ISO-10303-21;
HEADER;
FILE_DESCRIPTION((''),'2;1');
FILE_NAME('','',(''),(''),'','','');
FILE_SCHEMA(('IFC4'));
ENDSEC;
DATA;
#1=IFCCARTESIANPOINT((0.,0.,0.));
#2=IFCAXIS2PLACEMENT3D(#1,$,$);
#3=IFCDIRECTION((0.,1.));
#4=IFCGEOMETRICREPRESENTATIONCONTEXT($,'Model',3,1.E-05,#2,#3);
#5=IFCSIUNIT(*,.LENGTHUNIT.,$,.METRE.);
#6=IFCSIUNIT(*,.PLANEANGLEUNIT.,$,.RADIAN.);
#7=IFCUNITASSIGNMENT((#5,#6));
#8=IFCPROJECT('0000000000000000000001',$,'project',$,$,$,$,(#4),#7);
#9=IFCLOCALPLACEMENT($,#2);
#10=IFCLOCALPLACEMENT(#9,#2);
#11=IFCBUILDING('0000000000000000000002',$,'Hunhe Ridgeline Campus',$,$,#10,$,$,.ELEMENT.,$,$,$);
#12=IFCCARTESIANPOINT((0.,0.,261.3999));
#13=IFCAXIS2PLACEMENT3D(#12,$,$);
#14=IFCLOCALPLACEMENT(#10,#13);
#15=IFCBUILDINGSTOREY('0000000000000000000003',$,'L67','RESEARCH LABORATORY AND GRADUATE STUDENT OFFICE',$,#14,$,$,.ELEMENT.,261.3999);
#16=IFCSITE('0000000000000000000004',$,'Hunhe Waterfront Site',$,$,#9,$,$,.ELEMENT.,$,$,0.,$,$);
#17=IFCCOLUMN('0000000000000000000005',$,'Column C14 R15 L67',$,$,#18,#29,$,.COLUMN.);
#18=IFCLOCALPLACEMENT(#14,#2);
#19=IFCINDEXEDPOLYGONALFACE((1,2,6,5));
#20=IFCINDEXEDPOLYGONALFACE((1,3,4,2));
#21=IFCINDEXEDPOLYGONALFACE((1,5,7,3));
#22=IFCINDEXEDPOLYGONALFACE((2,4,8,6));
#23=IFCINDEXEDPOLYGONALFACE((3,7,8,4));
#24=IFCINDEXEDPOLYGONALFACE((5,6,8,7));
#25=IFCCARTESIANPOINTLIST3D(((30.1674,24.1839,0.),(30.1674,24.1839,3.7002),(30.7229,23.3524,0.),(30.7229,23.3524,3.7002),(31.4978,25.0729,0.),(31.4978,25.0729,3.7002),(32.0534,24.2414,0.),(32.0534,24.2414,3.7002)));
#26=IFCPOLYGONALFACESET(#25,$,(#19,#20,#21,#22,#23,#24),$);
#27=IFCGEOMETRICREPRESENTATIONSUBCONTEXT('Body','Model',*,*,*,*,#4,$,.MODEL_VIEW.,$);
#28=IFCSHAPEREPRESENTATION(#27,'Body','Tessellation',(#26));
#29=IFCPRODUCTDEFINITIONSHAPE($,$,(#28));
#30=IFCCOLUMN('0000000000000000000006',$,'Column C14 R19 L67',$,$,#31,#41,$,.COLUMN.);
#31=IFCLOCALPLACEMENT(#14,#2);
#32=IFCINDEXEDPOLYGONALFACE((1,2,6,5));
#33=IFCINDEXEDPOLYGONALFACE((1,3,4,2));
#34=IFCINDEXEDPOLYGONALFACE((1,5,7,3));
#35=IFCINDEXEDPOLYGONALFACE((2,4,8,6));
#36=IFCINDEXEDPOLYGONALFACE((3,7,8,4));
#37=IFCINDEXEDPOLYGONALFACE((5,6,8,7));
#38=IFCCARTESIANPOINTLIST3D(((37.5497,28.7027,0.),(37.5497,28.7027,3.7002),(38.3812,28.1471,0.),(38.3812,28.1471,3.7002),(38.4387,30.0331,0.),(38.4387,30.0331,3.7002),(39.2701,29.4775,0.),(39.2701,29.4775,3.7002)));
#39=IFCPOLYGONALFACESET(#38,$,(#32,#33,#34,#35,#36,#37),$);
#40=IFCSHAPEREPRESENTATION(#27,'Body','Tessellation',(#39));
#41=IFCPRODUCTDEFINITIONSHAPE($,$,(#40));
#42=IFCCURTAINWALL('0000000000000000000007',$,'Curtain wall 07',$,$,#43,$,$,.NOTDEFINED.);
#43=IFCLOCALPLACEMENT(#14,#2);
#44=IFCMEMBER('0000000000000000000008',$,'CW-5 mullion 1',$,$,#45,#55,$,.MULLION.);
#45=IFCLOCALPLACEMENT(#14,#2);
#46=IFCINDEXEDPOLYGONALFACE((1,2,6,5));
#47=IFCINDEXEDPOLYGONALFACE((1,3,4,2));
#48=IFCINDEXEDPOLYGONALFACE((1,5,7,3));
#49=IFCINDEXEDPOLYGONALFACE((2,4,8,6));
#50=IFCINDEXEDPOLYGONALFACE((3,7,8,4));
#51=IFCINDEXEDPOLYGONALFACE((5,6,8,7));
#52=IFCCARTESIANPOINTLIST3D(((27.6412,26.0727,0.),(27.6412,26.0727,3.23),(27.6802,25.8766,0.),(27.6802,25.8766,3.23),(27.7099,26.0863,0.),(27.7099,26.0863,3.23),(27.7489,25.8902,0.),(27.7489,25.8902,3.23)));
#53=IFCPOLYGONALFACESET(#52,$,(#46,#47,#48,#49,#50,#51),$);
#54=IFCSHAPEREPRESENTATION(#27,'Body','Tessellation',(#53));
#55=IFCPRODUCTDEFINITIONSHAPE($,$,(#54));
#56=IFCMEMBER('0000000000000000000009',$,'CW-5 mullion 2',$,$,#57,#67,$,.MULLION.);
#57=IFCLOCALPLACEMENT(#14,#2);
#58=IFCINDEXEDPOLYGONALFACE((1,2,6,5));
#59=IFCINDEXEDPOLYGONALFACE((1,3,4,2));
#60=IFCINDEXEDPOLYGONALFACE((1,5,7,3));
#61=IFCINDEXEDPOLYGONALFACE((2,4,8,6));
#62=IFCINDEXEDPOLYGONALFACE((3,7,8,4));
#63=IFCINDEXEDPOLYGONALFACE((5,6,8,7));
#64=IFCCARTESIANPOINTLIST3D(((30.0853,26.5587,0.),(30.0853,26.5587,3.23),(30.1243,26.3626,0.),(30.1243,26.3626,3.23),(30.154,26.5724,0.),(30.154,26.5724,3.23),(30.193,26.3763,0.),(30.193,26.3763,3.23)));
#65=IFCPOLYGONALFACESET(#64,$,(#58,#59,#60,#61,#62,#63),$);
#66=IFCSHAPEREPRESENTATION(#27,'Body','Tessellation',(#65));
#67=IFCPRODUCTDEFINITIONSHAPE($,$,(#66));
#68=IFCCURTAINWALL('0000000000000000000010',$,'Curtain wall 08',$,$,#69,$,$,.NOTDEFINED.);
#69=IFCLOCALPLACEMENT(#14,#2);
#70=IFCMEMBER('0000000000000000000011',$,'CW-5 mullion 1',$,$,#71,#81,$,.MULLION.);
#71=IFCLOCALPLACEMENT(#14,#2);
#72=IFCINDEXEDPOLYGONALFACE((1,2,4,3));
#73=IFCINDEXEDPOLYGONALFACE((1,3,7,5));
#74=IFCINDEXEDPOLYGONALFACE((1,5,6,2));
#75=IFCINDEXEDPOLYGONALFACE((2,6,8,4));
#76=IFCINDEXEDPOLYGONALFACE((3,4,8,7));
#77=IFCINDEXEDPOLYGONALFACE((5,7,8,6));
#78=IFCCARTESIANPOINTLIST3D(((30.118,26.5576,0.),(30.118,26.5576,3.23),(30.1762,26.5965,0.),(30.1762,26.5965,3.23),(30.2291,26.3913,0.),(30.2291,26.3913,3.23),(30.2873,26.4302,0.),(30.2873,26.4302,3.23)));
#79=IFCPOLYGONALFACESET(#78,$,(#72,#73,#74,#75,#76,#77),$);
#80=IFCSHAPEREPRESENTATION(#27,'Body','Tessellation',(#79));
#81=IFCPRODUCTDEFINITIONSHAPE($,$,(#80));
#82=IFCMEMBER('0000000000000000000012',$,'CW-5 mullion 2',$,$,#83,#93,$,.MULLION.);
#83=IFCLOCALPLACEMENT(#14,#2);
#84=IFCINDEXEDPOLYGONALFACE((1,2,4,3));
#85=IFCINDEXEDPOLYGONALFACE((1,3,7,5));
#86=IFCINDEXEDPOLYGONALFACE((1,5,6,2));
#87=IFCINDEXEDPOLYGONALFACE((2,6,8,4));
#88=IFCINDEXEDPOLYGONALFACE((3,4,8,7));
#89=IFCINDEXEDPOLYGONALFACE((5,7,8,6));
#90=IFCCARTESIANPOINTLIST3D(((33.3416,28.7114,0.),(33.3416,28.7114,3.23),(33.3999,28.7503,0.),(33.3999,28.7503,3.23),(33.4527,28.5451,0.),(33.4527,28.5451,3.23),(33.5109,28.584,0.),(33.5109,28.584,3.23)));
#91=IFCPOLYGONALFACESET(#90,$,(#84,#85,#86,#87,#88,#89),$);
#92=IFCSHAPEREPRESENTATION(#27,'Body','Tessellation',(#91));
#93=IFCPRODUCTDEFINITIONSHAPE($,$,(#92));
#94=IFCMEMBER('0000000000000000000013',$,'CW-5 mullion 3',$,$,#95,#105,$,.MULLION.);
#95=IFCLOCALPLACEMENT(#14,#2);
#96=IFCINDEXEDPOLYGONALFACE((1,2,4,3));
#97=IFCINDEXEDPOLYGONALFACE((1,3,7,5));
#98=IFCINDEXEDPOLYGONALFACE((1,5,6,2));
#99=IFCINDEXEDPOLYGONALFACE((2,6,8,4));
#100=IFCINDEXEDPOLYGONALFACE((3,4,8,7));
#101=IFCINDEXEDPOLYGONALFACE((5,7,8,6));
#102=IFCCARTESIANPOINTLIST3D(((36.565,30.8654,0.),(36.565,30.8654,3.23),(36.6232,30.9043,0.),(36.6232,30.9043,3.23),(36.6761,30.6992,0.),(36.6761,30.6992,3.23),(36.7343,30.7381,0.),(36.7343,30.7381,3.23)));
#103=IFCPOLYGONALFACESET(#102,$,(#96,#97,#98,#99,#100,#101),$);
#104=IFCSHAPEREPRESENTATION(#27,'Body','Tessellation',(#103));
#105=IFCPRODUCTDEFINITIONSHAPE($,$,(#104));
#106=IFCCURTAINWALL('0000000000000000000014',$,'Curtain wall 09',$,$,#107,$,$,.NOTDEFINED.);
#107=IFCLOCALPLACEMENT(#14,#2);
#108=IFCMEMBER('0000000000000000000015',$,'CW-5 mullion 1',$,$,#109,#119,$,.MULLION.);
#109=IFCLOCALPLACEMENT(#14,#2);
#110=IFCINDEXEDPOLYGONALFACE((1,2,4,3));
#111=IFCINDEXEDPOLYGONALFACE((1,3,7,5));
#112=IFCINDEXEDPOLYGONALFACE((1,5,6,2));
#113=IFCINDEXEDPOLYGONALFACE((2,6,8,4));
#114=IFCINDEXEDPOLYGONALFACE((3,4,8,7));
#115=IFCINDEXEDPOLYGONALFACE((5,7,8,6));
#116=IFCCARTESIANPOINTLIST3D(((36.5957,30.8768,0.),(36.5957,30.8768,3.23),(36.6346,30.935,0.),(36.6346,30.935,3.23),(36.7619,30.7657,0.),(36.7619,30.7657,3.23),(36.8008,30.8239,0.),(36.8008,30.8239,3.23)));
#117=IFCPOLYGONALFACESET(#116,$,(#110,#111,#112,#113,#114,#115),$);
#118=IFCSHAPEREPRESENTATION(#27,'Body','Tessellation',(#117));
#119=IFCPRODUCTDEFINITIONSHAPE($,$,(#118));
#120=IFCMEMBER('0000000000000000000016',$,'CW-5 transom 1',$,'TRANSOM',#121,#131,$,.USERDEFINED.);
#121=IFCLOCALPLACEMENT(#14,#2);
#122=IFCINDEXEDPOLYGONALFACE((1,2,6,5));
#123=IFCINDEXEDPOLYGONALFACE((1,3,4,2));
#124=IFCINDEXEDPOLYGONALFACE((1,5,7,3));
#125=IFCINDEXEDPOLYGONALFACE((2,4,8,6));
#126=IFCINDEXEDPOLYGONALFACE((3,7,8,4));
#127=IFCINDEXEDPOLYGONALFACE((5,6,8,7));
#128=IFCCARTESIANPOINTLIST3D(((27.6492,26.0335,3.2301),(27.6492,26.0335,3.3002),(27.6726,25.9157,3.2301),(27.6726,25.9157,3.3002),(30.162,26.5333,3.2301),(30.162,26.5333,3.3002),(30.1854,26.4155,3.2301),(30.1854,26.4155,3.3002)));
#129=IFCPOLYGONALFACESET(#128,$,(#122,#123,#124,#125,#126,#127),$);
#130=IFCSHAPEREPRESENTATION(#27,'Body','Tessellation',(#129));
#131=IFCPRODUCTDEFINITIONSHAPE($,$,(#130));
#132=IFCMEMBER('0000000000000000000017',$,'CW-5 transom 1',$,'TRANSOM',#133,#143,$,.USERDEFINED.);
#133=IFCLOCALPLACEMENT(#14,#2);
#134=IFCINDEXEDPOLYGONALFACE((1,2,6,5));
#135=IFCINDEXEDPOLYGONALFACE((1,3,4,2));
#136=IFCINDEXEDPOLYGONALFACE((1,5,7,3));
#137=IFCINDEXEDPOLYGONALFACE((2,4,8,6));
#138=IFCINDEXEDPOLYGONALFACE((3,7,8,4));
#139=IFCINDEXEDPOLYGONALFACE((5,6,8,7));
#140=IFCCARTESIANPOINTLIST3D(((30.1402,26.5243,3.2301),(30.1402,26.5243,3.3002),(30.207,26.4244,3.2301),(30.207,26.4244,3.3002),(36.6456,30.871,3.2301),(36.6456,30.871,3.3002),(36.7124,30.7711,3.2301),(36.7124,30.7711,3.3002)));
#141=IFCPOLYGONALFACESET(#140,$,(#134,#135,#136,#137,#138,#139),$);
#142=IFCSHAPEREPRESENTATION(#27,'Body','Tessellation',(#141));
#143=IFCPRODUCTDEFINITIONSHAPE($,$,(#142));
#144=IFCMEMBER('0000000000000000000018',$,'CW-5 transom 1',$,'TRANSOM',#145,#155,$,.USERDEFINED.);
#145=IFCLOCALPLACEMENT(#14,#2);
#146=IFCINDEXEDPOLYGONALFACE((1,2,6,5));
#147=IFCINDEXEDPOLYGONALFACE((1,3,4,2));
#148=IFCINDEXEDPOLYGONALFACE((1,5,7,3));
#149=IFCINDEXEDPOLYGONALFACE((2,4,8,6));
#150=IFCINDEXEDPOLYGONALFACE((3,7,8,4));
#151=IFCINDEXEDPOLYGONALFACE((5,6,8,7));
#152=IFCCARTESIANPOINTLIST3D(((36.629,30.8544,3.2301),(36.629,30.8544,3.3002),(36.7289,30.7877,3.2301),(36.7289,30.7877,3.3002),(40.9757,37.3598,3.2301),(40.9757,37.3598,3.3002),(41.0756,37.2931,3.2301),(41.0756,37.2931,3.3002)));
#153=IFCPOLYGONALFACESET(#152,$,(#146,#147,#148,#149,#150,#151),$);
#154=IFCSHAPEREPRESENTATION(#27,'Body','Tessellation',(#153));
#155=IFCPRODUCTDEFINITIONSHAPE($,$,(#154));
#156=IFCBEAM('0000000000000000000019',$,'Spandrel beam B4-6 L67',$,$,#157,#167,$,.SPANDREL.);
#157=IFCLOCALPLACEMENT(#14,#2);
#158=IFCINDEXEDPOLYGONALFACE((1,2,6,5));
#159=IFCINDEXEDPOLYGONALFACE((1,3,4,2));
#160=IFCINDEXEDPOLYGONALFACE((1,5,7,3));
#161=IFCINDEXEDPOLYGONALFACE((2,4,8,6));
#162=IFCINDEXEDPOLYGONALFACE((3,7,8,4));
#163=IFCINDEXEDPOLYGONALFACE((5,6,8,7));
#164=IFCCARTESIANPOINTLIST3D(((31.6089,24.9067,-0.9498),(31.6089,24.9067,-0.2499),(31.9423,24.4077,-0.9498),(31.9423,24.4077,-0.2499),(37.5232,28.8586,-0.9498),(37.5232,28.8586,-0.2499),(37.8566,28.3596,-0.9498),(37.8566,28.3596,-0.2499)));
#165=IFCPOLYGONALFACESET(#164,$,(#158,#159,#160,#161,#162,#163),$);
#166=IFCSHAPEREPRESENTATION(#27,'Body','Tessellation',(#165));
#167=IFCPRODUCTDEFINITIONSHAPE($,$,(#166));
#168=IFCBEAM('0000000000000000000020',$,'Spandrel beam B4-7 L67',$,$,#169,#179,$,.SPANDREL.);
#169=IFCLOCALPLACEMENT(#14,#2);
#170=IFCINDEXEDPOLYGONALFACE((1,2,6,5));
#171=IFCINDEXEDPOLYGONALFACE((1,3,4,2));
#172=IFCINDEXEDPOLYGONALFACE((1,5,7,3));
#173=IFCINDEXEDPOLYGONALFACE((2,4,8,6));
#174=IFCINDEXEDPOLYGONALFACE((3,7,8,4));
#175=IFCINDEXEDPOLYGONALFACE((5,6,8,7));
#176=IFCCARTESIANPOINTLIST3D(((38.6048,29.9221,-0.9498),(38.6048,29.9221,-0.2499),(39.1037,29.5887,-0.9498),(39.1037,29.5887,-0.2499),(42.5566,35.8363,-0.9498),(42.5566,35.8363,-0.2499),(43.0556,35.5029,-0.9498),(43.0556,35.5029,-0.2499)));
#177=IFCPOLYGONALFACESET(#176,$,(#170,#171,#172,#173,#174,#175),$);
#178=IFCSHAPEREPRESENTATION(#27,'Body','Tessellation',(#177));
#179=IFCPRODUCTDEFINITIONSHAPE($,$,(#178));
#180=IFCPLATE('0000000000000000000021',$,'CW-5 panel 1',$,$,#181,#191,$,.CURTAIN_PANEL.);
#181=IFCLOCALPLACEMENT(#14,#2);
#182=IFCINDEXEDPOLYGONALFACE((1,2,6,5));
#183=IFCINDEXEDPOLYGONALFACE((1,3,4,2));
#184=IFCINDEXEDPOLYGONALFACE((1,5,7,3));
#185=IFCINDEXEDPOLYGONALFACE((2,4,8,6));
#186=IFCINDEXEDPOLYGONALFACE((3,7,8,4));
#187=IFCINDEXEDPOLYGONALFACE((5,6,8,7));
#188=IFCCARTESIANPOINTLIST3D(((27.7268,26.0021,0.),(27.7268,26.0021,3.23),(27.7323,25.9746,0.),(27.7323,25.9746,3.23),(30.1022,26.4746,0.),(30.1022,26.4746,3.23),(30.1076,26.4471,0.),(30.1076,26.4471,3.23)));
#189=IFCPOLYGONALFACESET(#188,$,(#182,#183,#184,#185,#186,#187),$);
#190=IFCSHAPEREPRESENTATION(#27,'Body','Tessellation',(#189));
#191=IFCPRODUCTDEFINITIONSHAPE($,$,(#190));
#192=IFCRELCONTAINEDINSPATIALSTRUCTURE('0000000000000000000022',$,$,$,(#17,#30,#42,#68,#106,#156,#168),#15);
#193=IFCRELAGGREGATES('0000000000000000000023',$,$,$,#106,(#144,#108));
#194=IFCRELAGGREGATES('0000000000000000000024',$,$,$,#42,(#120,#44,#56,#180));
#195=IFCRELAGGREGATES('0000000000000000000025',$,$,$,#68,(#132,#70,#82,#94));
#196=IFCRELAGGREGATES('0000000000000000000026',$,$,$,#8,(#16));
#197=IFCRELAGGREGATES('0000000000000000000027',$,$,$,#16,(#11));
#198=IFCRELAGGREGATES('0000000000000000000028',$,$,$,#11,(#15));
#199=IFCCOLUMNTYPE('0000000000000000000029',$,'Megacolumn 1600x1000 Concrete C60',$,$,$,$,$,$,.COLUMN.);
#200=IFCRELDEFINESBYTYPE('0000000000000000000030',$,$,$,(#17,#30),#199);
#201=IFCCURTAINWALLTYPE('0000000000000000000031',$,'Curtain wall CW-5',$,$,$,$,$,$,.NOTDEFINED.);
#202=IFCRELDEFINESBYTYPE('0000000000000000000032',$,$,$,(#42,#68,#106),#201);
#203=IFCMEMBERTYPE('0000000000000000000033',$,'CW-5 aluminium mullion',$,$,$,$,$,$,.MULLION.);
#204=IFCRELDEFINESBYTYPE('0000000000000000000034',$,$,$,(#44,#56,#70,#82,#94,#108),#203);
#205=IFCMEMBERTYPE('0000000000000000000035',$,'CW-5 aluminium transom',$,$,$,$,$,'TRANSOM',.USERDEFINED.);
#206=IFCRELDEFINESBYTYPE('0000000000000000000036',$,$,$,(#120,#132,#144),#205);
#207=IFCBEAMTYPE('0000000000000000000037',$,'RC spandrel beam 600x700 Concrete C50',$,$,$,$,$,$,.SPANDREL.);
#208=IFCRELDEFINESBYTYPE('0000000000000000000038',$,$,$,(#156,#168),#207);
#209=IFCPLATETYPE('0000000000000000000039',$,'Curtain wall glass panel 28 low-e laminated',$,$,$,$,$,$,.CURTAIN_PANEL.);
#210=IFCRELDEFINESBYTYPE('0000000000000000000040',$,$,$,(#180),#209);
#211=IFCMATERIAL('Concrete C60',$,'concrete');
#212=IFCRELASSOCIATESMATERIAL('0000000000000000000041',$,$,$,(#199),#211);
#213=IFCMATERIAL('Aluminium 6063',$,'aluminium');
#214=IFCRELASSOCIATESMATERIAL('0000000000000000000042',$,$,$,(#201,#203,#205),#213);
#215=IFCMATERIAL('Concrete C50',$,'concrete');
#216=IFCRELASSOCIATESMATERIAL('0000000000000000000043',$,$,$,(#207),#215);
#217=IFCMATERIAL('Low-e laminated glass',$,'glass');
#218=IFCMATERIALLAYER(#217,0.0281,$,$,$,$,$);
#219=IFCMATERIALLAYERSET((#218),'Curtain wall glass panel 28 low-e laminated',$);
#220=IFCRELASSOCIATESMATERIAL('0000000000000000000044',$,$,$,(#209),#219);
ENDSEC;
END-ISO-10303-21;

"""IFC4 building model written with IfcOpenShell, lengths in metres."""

from ifc_helpers import new_model, si_unit, direction, frame, origin, origin_2d, place, context, subcontext, project, spatial, rectangle, extrude, material, layer, layer_set, material_profile, profile_set, type_object, element, aggregate, save


model = new_model("IFC4")

# Units and contexts
model_context = context("Model", 3, precision=1e-05, world=origin(), true_north=direction((0.0, 1.0)))
body_context = subcontext(model_context, "Body", "Model", "MODEL_VIEW")
ifc_project = project(units=[si_unit("LENGTHUNIT", "METRE"), si_unit("PLANEANGLEUNIT", "RADIAN")], contexts=[model_context])

# Site, building, storey
site_placement = place(None, origin())
site = spatial("IfcSite", under=ifc_project, at=site_placement, Name="Hunhe Waterfront Site", CompositionType="ELEMENT", RefElevation=0.0)
building_placement = place(site_placement, origin())
building = spatial("IfcBuilding", under=site, at=building_placement, Name="Hunhe Ridgeline Campus", CompositionType="ELEMENT")
storey_placement = place(building_placement, frame((0.0, 0.0, 261.3999)))
storey = spatial("IfcBuildingStorey", under=building, at=storey_placement, Name="L67", Description="RESEARCH LABORATORY AND GRADUATE STUDENT OFFICE", CompositionType="ELEMENT", Elevation=261.3999)

# Columns
ifc_material_1 = material(Name="Concrete C60", Category="concrete")
ifc_material_profile_1 = material_profile(ifc_material_1, rectangle(XDim=1.6001, YDim=1.0, at=origin_2d()))
ifc_profile_set_1 = profile_set([ifc_material_profile_1], Name="Concrete C60")
column_type = type_object("IfcColumnType", Name="Megacolumn 1600x1000 Concrete C60", PredefinedType="COLUMN", material=ifc_profile_set_1)
for number, where, z_axis, x_axis, name in (
    (1, (31.1104, 24.2126, 0.0), (0.0, 0.0, 1.0), (0.83147, 0.55557, 0.0), "Column C14 R15 L67"),
    (2, (38.4099, 29.0901, 0.0), (0.0, 0.0, 1.0), (0.55557, 0.83147, 0.0), "Column C14 R19 L67"),
):
    element("IfcColumn", number, at=place(storey_placement, frame(where, z_axis=z_axis, x_axis=x_axis)), inside=storey, type_object=column_type, Name=name, PredefinedType="COLUMN", context=body_context, shape_type="SweptSolid", body=[
        extrude(rectangle(XDim=1.6001, YDim=1.0, at=origin_2d()), origin(), (0.0, 0.0, 1.0), 3.7002),
    ])

# Curtain walls, members
ifc_material_2 = material(Name="Aluminium 6063", Category="aluminium")
curtain_wall_type = type_object("IfcCurtainWallType", Name="Curtain wall CW-5", PredefinedType="NOTDEFINED", material=ifc_material_2)
curtain_wall_1_placement = place(storey_placement, origin())
curtain_wall_1 = element("IfcCurtainWall", 3, at=curtain_wall_1_placement, inside=storey, type_object=curtain_wall_type, Name="Curtain wall 07", PredefinedType="NOTDEFINED")
ifc_material_profile_2 = material_profile(ifc_material_2, rectangle(XDim=0.2, YDim=0.0701, at=origin_2d()))
ifc_profile_set_2 = profile_set([ifc_material_profile_2], Name="Aluminium 6063")
member_type_1 = type_object("IfcMemberType", Name="CW-5 aluminium mullion", PredefinedType="MULLION", material=ifc_profile_set_2)
member_1_placement = place(storey_placement, frame((27.6951, 25.9814, 0.0), z_axis=(0.0, 0.0, 1.0), x_axis=(-0.195091, 0.980785, 0.0)))
member_1 = element("IfcMember", 4, at=member_1_placement, type_object=member_type_1, Name="CW-5 mullion 1", PredefinedType="MULLION", context=body_context, shape_type="SweptSolid", body=[
    extrude(rectangle(XDim=0.2, YDim=0.0701, at=origin_2d()), origin(), (0.0, 0.0, 1.0), 3.23),
])
member_2_placement = place(storey_placement, frame((30.1392, 26.4675, 0.0), z_axis=(0.0, 0.0, 1.0), x_axis=(-0.195091, 0.980785, 0.0)))
member_2 = element("IfcMember", 5, at=member_2_placement, type_object=member_type_1, Name="CW-5 mullion 2", PredefinedType="MULLION", context=body_context, shape_type="SweptSolid", body=[
    extrude(rectangle(XDim=0.2, YDim=0.0701, at=origin_2d()), origin(), (0.0, 0.0, 1.0), 3.23),
])
curtain_wall_2_placement = place(storey_placement, origin())
curtain_wall_2 = element("IfcCurtainWall", 6, at=curtain_wall_2_placement, inside=storey, type_object=curtain_wall_type, Name="Curtain wall 08", PredefinedType="NOTDEFINED")
member_3_placement = place(storey_placement, frame((30.2026, 26.4939, 0.0), z_axis=(0.0, 0.0, 1.0), x_axis=(-0.55557, 0.83147, 0.0)))
member_3 = element("IfcMember", 7, at=member_3_placement, type_object=member_type_1, Name="CW-5 mullion 1", PredefinedType="MULLION", context=body_context, shape_type="SweptSolid", body=[
    extrude(rectangle(XDim=0.2, YDim=0.0701, at=origin_2d()), origin(), (0.0, 0.0, 1.0), 3.23),
])
member_4_placement = place(storey_placement, frame((33.4263, 28.6477, 0.0), z_axis=(0.0, 0.0, 1.0), x_axis=(-0.55557, 0.83147, 0.0)))
member_4 = element("IfcMember", 8, at=member_4_placement, type_object=member_type_1, Name="CW-5 mullion 2", PredefinedType="MULLION", context=body_context, shape_type="SweptSolid", body=[
    extrude(rectangle(XDim=0.2, YDim=0.0701, at=origin_2d()), origin(), (0.0, 0.0, 1.0), 3.23),
])
member_5_placement = place(storey_placement, frame((36.6497, 30.8018, 0.0), z_axis=(0.0, 0.0, 1.0), x_axis=(-0.55557, 0.83147, 0.0)))
member_5 = element("IfcMember", 9, at=member_5_placement, type_object=member_type_1, Name="CW-5 mullion 3", PredefinedType="MULLION", context=body_context, shape_type="SweptSolid", body=[
    extrude(rectangle(XDim=0.2, YDim=0.0701, at=origin_2d()), origin(), (0.0, 0.0, 1.0), 3.23),
])

# Curtain wall, member
curtain_wall_3_placement = place(storey_placement, origin())
curtain_wall_3 = element("IfcCurtainWall", 10, at=curtain_wall_3_placement, inside=storey, type_object=curtain_wall_type, Name="Curtain wall 09", PredefinedType="NOTDEFINED")
member_6_placement = place(storey_placement, frame((36.6982, 30.8503, 0.0), z_axis=(0.0, 0.0, 1.0), x_axis=(-0.83147, 0.55557, 0.0)))
member_6 = element("IfcMember", 11, at=member_6_placement, type_object=member_type_1, Name="CW-5 mullion 1", PredefinedType="MULLION", context=body_context, shape_type="SweptSolid", body=[
    extrude(rectangle(XDim=0.2, YDim=0.0701, at=origin_2d()), origin(), (0.0, 0.0, 1.0), 3.23),
])

# Members
ifc_material_profile_3 = material_profile(ifc_material_2, rectangle(XDim=0.1201, YDim=0.0701, at=origin_2d()))
ifc_profile_set_3 = profile_set([ifc_material_profile_3], Name="Aluminium 6063")
member_type_2 = type_object("IfcMemberType", Name="CW-5 aluminium transom", ElementType="TRANSOM", PredefinedType="USERDEFINED", material=ifc_profile_set_3)
member_7_placement = place(storey_placement, frame((27.6609, 25.9746, 3.2651), z_axis=(0.980789, 0.195071, 0.0), x_axis=(-0.195071, 0.980789, 0.0)))
member_7 = element("IfcMember", 12, at=member_7_placement, type_object=member_type_2, Name="CW-5 transom 1", ObjectType="TRANSOM", PredefinedType="USERDEFINED", context=body_context, shape_type="SweptSolid", body=[
    extrude(rectangle(XDim=0.1201, YDim=0.0701, at=origin_2d()), origin(), (0.0, 0.0, 1.0), 2.562),
])
member_8_placement = place(storey_placement, frame((30.1736, 26.4744, 3.2651), z_axis=(0.831474, 0.555564, 0.0), x_axis=(-0.555564, 0.831474, 0.0)))
member_8 = element("IfcMember", 13, at=member_8_placement, type_object=member_type_2, Name="CW-5 transom 1", ObjectType="TRANSOM", PredefinedType="USERDEFINED", context=body_context, shape_type="SweptSolid", body=[
    extrude(rectangle(XDim=0.1201, YDim=0.0701, at=origin_2d()), origin(), (0.0, 0.0, 1.0), 7.824),
])
member_9_placement = place(storey_placement, frame((36.679, 30.821, 3.2651), z_axis=(0.555564, 0.831474, 0.0), x_axis=(-0.831474, 0.555564, 0.0)))
member_9 = element("IfcMember", 14, at=member_9_placement, type_object=member_type_2, Name="CW-5 transom 1", ObjectType="TRANSOM", PredefinedType="USERDEFINED", context=body_context, shape_type="SweptSolid", body=[
    extrude(rectangle(XDim=0.1201, YDim=0.0701, at=origin_2d()), origin(), (0.0, 0.0, 1.0), 7.824),
])
aggregate(curtain_wall_3, [member_9, member_6])

# Beams
ifc_material_3 = material(Name="Concrete C50", Category="concrete")
ifc_material_profile_4 = material_profile(ifc_material_3, rectangle(XDim=0.6001, YDim=0.7, at=origin_2d()))
ifc_profile_set_4 = profile_set([ifc_material_profile_4], Name="Concrete C50")
beam_type = type_object("IfcBeamType", Name="RC spandrel beam 600x700 Concrete C50", PredefinedType="SPANDREL", material=ifc_profile_set_4)
for number, where, z_axis, x_axis, name in (
    (15, (31.7756, 24.6572, -0.5999), (0.831464, 0.555579, 0.0), (-0.555579, 0.831464, 0.0), "Spandrel beam B4-6 L67"),
    (16, (38.8542, 29.7554, -0.5999), (0.555579, 0.831464, 0.0), (-0.831464, 0.555579, 0.0), "Spandrel beam B4-7 L67"),
):
    element("IfcBeam", number, at=place(storey_placement, frame(where, z_axis=z_axis, x_axis=x_axis)), inside=storey, type_object=beam_type, Name=name, PredefinedType="SPANDREL", context=body_context, shape_type="SweptSolid", body=[
        extrude(rectangle(XDim=0.6001, YDim=0.7, at=origin_2d()), origin(), (0.0, 0.0, 1.0), 7.113),
    ])

# Plate
ifc_material_4 = material(Name="Low-e laminated glass", Category="glass")
ifc_layer_1 = layer(ifc_material_4, 0.0281)
ifc_layer_set_1 = layer_set([ifc_layer_1], Name="Curtain wall glass panel 28 low-e laminated")
plate_type = type_object("IfcPlateType", Name="Curtain wall glass panel 28 low-e laminated", PredefinedType="CURTAIN_PANEL", material=ifc_layer_set_1)
plate_1_placement = place(storey_placement, frame((28.9172, 26.2246, 0.0), z_axis=(0.0, 0.0, 1.0), x_axis=(0.980785, 0.195091, 0.0)))
plate_1 = element("IfcPlate", 17, at=plate_1_placement, type_object=plate_type, Name="CW-5 panel 1", PredefinedType="CURTAIN_PANEL", context=body_context, shape_type="SweptSolid", body=[
    extrude(rectangle(XDim=2.4219, YDim=0.0281, at=origin_2d()), origin(), (0.0, 0.0, 1.0), 3.23),
])
aggregate(curtain_wall_1, [member_7, member_1, member_2, plate_1])
aggregate(curtain_wall_2, [member_8, member_3, member_4, member_5])

save(model, "model.ifc")
